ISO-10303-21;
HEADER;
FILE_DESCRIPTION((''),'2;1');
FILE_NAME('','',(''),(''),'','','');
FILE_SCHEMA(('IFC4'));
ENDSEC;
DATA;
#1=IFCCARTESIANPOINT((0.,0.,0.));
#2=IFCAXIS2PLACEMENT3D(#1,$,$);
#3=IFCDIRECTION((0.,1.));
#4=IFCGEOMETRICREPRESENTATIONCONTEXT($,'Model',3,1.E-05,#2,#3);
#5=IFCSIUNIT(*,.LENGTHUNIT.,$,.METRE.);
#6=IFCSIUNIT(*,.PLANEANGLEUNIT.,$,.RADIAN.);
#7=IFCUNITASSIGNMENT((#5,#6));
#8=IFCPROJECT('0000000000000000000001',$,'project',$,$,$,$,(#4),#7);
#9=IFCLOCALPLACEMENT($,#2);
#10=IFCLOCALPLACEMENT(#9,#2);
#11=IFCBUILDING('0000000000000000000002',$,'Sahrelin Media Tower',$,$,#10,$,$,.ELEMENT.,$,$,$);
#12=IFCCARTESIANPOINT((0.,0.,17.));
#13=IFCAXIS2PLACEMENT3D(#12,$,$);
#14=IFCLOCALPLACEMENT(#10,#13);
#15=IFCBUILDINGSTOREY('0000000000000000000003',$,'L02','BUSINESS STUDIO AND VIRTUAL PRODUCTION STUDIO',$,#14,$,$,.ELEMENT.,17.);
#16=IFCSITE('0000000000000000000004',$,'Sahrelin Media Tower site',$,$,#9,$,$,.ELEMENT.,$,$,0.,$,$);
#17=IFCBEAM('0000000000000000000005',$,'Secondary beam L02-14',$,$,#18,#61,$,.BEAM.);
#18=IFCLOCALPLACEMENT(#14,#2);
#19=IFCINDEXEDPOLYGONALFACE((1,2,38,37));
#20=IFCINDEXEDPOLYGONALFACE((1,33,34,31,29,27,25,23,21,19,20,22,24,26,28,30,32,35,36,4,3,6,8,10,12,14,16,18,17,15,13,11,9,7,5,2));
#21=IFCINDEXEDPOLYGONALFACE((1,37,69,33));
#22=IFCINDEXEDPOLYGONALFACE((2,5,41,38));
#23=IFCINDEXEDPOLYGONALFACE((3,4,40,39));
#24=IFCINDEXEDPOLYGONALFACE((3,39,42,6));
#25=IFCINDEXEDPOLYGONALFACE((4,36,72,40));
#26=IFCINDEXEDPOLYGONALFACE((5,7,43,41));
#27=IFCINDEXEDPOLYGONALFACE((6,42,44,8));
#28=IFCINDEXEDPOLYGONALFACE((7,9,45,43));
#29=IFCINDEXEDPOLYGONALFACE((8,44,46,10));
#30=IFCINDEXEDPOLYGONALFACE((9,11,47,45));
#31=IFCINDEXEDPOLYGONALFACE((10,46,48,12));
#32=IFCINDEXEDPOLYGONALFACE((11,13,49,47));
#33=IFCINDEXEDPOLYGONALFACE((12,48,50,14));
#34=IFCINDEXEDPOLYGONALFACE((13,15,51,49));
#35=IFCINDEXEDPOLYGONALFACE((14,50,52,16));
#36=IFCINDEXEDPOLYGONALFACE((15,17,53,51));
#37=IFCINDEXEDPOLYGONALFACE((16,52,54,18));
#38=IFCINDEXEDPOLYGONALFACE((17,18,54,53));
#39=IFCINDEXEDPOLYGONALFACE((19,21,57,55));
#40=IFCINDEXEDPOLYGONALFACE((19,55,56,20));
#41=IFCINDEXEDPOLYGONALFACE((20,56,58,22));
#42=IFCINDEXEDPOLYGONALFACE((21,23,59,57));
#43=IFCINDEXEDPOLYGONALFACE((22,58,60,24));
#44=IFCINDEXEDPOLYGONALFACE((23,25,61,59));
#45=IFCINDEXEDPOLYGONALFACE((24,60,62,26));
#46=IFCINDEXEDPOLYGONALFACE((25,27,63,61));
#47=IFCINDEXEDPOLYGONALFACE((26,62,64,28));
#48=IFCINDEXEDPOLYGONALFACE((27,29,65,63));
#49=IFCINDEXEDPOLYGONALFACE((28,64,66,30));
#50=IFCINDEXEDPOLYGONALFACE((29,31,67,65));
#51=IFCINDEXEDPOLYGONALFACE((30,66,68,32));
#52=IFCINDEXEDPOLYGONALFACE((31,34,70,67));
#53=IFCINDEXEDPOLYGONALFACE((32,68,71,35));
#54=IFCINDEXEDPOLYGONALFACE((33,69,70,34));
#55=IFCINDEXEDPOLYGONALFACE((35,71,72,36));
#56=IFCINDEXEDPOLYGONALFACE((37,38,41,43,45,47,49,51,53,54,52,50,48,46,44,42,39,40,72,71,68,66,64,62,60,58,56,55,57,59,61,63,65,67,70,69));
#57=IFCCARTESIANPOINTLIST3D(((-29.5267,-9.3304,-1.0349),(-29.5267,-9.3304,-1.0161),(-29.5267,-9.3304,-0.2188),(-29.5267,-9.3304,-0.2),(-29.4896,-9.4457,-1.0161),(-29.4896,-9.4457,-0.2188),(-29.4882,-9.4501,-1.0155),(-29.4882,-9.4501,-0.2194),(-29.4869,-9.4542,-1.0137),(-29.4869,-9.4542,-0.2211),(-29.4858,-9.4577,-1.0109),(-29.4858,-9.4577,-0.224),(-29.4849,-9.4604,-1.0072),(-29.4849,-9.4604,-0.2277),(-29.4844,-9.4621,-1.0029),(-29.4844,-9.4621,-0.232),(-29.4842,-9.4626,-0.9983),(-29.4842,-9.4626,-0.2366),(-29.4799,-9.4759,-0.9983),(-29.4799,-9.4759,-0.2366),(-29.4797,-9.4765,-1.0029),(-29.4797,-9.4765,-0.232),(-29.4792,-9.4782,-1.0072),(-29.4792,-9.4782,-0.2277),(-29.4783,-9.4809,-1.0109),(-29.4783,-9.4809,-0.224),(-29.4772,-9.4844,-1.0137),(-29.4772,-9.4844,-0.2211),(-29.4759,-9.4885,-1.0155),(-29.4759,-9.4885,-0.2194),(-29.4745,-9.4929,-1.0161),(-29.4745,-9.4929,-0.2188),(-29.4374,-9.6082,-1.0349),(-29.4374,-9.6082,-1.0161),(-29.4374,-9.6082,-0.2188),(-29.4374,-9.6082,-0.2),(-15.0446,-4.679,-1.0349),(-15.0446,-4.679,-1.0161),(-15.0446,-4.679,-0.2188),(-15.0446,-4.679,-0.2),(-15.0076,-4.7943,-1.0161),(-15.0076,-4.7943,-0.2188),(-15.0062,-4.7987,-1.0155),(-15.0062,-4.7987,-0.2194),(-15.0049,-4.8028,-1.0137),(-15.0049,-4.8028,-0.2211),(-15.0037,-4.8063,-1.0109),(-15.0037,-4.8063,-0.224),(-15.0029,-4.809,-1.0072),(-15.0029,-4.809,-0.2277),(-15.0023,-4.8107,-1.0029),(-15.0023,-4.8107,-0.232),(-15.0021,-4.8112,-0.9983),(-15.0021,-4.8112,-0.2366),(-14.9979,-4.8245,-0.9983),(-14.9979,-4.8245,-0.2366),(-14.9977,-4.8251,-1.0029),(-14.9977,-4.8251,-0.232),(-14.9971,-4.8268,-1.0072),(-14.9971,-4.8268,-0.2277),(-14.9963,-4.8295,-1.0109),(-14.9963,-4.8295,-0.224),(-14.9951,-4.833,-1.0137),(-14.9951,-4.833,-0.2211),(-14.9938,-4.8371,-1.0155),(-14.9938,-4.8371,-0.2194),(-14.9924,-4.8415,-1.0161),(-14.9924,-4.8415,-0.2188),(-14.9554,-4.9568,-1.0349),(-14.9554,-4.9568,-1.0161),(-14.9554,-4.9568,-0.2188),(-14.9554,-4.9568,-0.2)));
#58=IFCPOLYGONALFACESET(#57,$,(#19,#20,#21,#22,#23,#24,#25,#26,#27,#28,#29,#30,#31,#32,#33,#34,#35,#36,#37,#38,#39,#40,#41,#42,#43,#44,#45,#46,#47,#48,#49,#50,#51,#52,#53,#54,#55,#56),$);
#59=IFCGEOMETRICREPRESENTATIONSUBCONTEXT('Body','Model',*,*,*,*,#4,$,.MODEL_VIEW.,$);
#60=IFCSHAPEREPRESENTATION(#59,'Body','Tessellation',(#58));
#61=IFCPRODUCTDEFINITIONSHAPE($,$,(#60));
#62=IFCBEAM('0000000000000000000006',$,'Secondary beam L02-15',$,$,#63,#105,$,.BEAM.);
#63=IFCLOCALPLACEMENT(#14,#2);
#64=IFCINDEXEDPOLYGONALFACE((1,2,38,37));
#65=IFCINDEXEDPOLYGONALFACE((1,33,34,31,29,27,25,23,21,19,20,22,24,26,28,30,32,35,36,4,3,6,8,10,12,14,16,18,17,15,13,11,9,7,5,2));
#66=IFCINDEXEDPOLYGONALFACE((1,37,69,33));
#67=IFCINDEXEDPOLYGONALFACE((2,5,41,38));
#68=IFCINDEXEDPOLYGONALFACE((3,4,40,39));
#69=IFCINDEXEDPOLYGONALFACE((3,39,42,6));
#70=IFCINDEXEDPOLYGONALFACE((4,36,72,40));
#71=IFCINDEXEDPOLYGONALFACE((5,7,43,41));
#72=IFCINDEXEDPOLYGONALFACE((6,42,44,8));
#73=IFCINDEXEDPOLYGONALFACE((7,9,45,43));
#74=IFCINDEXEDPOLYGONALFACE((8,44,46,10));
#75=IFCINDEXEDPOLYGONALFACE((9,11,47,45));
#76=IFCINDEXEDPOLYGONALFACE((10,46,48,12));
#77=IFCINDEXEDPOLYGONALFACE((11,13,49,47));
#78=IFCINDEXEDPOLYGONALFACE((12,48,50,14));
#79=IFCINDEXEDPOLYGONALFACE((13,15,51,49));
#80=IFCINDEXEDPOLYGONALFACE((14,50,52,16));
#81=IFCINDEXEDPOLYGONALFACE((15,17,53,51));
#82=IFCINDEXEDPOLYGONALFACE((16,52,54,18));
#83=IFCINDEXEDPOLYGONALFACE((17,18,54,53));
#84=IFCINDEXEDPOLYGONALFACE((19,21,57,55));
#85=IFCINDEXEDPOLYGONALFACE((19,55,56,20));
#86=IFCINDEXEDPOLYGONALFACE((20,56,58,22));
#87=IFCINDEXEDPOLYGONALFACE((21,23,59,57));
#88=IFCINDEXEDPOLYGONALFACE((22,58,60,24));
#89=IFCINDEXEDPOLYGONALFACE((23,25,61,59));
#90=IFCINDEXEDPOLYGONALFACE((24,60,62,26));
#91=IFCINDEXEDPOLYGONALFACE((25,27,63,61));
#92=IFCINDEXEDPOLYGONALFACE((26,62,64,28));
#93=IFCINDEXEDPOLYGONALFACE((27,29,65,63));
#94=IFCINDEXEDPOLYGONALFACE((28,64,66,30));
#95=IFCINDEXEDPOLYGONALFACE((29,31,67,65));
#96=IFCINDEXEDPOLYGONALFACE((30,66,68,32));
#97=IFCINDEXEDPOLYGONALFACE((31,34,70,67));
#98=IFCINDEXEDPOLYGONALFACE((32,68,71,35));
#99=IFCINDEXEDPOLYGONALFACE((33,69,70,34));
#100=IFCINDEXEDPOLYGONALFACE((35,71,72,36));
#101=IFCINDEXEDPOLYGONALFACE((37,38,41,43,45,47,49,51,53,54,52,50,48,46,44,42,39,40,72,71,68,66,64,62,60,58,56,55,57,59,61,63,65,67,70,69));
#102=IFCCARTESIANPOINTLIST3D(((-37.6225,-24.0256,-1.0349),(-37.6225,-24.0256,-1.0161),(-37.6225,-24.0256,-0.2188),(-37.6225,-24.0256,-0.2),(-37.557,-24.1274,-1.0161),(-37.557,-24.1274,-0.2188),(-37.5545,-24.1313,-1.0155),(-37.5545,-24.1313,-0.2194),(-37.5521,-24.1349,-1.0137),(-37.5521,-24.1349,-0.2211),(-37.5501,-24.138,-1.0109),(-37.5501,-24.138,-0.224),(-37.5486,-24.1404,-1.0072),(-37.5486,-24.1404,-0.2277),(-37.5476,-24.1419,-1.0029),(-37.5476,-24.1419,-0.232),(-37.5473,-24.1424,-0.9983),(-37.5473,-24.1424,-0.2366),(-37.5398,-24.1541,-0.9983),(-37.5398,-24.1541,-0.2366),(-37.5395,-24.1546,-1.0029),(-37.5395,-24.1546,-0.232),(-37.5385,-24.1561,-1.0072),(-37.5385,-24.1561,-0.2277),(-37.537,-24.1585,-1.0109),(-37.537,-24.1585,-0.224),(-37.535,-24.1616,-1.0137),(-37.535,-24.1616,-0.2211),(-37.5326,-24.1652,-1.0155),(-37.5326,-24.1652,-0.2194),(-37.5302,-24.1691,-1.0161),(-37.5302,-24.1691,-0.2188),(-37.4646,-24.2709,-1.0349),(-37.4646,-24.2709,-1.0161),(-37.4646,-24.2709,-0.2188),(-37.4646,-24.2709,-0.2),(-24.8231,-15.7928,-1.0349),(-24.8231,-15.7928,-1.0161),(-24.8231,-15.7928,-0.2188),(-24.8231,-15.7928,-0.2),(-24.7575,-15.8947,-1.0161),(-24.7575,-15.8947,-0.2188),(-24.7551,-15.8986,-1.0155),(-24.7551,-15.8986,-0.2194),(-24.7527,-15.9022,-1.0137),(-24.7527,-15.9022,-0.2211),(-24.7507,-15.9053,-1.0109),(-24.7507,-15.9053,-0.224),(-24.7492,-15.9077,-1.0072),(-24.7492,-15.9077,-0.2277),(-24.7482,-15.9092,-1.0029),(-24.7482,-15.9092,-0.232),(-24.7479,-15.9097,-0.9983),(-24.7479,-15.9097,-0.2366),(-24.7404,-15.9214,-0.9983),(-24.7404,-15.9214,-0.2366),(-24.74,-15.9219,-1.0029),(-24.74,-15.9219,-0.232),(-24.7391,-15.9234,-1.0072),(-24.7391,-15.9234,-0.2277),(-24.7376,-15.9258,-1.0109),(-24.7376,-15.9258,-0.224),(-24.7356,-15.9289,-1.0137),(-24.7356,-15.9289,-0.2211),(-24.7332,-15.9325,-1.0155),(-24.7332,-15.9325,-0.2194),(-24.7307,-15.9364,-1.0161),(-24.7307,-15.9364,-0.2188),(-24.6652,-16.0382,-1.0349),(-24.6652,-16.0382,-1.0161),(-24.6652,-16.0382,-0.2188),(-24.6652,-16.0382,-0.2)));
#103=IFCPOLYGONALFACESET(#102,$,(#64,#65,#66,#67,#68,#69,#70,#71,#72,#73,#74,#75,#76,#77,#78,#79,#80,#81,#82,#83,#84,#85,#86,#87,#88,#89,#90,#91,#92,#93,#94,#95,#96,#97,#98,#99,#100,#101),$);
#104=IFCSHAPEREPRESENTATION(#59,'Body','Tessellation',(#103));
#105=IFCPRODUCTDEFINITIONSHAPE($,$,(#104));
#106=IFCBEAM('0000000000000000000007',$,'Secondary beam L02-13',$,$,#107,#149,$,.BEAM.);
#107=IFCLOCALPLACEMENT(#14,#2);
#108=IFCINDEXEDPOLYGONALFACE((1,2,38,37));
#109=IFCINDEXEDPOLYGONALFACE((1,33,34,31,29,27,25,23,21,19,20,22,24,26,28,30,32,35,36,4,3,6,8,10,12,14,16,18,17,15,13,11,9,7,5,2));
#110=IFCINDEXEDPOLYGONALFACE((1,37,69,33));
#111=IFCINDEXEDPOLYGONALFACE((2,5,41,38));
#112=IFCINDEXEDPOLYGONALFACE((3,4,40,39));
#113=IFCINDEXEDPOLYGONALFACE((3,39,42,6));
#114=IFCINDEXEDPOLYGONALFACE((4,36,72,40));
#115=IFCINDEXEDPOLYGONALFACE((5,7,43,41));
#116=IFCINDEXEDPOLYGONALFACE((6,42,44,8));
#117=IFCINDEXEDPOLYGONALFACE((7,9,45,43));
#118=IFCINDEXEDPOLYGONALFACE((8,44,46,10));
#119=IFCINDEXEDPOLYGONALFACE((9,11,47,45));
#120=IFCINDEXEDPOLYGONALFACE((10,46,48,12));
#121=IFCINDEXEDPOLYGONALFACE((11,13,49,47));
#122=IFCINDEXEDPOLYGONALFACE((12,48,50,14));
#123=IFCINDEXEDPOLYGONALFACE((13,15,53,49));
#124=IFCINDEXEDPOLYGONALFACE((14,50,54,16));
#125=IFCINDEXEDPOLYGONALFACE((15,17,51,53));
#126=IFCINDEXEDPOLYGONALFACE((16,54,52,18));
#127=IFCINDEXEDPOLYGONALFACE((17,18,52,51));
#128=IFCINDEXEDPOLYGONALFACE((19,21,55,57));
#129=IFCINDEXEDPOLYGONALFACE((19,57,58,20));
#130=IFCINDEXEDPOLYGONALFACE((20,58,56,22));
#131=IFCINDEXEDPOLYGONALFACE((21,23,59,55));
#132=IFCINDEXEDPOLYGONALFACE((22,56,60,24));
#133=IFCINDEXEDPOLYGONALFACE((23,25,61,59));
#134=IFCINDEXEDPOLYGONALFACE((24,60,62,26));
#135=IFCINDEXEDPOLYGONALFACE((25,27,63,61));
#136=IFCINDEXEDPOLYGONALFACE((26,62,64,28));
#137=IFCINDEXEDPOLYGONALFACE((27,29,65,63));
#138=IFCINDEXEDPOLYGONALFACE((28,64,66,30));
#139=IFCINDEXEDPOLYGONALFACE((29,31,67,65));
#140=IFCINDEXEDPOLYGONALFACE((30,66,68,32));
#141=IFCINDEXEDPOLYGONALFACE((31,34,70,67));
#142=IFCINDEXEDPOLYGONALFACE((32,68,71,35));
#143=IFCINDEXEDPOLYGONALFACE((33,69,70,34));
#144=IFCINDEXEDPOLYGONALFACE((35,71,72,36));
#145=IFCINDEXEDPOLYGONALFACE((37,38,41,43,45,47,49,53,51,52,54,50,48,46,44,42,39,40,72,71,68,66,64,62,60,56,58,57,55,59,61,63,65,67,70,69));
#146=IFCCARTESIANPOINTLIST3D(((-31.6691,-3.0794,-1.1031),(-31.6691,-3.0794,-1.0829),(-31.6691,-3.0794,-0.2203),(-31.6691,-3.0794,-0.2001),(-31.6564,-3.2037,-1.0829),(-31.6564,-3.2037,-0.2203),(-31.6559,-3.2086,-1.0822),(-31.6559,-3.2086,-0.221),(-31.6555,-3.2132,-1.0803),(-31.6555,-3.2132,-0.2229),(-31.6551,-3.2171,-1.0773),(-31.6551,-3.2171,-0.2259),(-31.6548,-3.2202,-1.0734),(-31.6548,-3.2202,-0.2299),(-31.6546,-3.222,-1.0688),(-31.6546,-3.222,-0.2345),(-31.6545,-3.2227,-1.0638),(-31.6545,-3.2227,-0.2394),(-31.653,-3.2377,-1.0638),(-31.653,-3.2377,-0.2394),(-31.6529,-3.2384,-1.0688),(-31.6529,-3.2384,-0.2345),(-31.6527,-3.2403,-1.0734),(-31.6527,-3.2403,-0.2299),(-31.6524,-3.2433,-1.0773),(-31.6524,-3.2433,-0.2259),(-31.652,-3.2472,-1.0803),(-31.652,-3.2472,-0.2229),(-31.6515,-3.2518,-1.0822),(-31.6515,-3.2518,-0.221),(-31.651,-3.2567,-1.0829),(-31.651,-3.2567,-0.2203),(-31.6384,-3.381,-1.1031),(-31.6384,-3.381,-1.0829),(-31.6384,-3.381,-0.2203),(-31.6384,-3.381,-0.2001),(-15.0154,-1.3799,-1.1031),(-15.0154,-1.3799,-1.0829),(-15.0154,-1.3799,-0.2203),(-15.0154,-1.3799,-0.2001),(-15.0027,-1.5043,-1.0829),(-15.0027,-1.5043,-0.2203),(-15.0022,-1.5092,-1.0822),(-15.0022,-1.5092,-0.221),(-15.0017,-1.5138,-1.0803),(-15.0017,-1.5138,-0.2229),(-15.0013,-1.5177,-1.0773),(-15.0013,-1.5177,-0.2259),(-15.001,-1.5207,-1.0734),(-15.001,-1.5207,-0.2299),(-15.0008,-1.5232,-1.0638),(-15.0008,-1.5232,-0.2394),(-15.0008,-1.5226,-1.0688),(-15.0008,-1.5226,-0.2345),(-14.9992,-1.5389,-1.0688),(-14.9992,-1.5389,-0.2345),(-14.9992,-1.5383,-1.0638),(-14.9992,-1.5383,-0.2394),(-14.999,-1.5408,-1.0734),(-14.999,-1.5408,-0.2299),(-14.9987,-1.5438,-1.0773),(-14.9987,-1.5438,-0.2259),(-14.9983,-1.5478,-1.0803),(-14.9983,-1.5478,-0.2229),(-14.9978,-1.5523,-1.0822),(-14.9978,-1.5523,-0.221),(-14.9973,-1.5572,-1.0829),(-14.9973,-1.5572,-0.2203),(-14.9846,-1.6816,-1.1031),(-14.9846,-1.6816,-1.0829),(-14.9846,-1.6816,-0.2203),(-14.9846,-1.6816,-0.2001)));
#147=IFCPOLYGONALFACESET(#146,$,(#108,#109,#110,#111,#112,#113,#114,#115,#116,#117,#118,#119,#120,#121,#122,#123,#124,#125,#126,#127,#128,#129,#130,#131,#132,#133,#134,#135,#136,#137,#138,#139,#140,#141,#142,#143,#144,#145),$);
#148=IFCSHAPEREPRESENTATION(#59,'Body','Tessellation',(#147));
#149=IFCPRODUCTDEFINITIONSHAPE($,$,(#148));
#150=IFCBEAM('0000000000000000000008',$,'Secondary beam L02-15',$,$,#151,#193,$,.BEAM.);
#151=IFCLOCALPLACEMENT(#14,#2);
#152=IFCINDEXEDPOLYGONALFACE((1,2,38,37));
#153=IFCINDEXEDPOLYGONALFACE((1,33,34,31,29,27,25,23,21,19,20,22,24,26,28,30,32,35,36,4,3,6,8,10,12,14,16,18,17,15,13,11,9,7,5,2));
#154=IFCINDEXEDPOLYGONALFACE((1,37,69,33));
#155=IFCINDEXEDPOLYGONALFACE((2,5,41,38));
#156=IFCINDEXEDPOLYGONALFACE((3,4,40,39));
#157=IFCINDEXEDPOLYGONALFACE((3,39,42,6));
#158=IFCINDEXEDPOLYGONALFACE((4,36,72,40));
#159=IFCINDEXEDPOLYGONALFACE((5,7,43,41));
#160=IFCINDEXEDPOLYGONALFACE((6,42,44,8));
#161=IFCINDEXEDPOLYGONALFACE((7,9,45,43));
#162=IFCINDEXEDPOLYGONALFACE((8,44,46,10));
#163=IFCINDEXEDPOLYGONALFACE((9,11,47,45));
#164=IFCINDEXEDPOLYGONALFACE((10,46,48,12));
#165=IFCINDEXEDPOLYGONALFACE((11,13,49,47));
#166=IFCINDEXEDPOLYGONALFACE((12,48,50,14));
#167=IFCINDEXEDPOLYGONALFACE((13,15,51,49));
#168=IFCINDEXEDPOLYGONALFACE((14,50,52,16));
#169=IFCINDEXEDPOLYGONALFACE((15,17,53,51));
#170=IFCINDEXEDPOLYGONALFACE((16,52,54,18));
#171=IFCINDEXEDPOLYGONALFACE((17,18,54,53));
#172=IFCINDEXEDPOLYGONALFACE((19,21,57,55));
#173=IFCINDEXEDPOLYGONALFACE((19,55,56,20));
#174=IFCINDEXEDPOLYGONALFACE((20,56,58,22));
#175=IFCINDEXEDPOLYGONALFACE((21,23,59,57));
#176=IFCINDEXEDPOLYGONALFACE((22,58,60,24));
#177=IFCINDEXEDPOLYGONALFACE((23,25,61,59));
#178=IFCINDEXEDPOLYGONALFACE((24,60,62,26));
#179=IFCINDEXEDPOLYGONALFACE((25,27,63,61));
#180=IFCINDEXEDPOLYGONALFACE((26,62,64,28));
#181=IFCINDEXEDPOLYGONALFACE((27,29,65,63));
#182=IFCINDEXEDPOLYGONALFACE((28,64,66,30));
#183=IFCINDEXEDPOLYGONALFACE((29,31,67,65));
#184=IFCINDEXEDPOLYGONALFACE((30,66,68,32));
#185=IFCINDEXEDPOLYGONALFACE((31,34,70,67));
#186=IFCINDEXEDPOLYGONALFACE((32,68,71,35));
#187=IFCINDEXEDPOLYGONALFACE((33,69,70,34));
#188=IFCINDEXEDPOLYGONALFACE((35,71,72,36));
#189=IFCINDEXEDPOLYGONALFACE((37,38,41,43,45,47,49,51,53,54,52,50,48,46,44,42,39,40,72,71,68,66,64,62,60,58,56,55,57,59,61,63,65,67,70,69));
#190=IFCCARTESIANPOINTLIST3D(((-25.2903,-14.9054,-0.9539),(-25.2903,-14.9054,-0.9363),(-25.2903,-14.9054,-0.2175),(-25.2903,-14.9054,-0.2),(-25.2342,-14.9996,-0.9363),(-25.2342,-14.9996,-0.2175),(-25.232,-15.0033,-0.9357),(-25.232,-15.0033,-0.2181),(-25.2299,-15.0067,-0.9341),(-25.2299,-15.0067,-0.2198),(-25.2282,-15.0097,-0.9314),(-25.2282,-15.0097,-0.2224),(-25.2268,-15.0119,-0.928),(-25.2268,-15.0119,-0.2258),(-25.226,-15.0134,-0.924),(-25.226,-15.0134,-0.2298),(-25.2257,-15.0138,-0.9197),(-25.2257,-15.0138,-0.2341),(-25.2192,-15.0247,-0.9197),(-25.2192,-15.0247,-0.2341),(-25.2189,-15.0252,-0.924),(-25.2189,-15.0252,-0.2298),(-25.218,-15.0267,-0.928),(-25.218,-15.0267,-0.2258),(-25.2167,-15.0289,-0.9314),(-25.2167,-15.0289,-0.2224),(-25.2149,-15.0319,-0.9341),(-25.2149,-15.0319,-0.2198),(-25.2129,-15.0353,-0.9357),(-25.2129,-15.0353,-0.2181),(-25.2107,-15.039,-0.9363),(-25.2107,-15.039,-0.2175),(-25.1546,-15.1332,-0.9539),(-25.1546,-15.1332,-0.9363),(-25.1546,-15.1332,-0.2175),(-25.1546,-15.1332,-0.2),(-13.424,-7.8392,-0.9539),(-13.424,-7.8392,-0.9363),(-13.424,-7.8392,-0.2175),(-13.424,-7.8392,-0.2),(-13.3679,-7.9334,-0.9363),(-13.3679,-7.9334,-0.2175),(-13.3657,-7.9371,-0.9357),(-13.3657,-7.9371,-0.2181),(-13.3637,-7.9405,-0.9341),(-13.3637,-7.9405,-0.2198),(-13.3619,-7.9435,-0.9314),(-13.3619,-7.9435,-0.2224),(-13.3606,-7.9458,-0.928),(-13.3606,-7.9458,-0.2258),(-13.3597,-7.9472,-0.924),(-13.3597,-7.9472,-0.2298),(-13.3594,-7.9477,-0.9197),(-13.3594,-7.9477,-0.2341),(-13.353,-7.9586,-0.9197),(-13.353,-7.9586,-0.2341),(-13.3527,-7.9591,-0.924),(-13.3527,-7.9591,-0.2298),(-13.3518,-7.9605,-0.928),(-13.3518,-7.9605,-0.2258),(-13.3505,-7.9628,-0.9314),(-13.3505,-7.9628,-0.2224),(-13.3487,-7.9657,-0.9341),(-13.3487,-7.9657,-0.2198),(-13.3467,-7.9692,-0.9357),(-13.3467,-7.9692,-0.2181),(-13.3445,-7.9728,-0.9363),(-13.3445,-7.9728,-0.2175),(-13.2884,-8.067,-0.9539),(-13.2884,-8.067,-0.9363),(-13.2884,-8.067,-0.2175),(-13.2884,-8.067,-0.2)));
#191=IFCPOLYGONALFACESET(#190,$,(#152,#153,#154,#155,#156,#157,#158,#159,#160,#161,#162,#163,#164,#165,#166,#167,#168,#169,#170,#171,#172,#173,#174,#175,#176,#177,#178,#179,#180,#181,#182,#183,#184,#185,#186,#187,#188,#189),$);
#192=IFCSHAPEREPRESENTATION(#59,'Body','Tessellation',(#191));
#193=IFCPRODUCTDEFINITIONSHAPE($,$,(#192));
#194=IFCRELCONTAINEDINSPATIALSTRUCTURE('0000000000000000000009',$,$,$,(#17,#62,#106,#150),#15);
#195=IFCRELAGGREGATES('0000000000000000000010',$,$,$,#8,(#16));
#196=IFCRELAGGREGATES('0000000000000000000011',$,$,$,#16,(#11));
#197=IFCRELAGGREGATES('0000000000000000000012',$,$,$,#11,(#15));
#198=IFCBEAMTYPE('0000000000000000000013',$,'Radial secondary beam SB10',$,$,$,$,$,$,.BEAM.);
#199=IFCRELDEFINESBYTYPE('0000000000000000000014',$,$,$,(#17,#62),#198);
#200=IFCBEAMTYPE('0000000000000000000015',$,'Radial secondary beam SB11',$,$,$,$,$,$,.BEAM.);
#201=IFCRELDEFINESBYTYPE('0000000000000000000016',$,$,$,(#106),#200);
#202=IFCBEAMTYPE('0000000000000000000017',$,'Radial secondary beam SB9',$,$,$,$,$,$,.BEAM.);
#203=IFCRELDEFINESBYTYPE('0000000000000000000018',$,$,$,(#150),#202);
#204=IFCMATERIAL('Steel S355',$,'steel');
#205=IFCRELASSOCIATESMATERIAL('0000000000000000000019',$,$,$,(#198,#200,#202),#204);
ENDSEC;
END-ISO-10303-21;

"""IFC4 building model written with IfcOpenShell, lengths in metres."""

from ifc_helpers import new_model, si_unit, direction, frame, origin, origin_2d, place, context, subcontext, project, spatial, i_section, extrude, material, material_profile, profile_set, type_object, element, save


model = new_model("IFC4")

# Units and contexts
model_context = context("Model", 3, precision=1e-05, world=origin(), true_north=direction((0.0, 1.0)))
body_context = subcontext(model_context, "Body", "Model", "MODEL_VIEW")
ifc_project = project(units=[si_unit("LENGTHUNIT", "METRE"), si_unit("PLANEANGLEUNIT", "RADIAN")], contexts=[model_context])

# Site, building, storey
site_placement = place(None, origin())
site = spatial("IfcSite", under=ifc_project, at=site_placement, Name="Sahrelin Media Tower site", CompositionType="ELEMENT", RefElevation=0.0)
building_placement = place(site_placement, origin())
building = spatial("IfcBuilding", under=site, at=building_placement, Name="Sahrelin Media Tower", CompositionType="ELEMENT")
storey_placement = place(building_placement, frame((0.0, 0.0, 17.0)))
storey = spatial("IfcBuildingStorey", under=building, at=storey_placement, Name="L02", Description="BUSINESS STUDIO AND VIRTUAL PRODUCTION STUDIO", CompositionType="ELEMENT", Elevation=17.0)

# Beams
ifc_material_1 = material(Name="Steel S355", Category="steel")
ifc_material_profile_1 = material_profile(ifc_material_1, i_section(OverallWidth=0.2917, OverallDepth=0.835, WebThickness=0.0139, FlangeThickness=0.0188, FilletRadius=0.0178, at=origin_2d()), Name="UB 838x292x176")
ifc_profile_set_1 = profile_set([ifc_material_profile_1], Name="Steel S355")
beam_type_1 = type_object("IfcBeamType", Name="Radial secondary beam SB10", PredefinedType="BEAM", material=ifc_profile_set_1)
beam_1_placement = place(storey_placement, frame((-15.0, -4.8179, -0.6174), z_axis=(-0.952096, -0.305798, 0.0), x_axis=(0.305798, -0.952096, 0.0)))
element("IfcBeam", 1, at=beam_1_placement, inside=storey, type_object=beam_type_1, Name="Secondary beam L02-14", PredefinedType="BEAM", context=body_context, shape_type="SweptSolid", body=[
    extrude(i_section(OverallWidth=0.2917, OverallDepth=0.835, WebThickness=0.0139, FlangeThickness=0.0188, FilletRadius=0.0178, at=origin_2d()), origin(), (0.0, 0.0, 1.0), 15.2107),
])
beam_2_placement = place(storey_placement, frame((-24.7441, -15.9155, -0.6174), z_axis=(-0.841043, -0.540968, 0.0), x_axis=(0.540968, -0.841043, 0.0)))
element("IfcBeam", 2, at=beam_2_placement, inside=storey, type_object=beam_type_1, Name="Secondary beam L02-15", PredefinedType="BEAM", context=body_context, shape_type="SweptSolid", body=[
    extrude(i_section(OverallWidth=0.2917, OverallDepth=0.835, WebThickness=0.0139, FlangeThickness=0.0188, FilletRadius=0.0178, at=origin_2d()), origin(), (0.0, 0.0, 1.0), 15.2185),
])
ifc_material_profile_2 = material_profile(ifc_material_1, i_section(OverallWidth=0.3032, OverallDepth=0.9031, WebThickness=0.0151, FlangeThickness=0.0203, FilletRadius=0.019, at=origin_2d()), Name="UB 914x305x201")
ifc_profile_set_2 = profile_set([ifc_material_profile_2], Name="Steel S355")
beam_type_2 = type_object("IfcBeamType", Name="Radial secondary beam SB11", PredefinedType="BEAM", material=ifc_profile_set_2)
beam_3_placement = place(storey_placement, frame((-15.0, -1.5308, -0.6516), z_axis=(-0.994834, -0.101519, 0.0), x_axis=(0.101519, -0.994834, 0.0)))
element("IfcBeam", 3, at=beam_3_placement, inside=storey, type_object=beam_type_2, Name="Secondary beam L02-13", PredefinedType="BEAM", context=body_context, shape_type="SweptSolid", body=[
    extrude(i_section(OverallWidth=0.3032, OverallDepth=0.9031, WebThickness=0.0151, FlangeThickness=0.0203, FilletRadius=0.019, at=origin_2d()), origin(), (0.0, 0.0, 1.0), 16.7402),
])
ifc_material_profile_3 = material_profile(ifc_material_1, i_section(OverallWidth=0.2651, OverallDepth=0.7539, WebThickness=0.0127, FlangeThickness=0.0176, FilletRadius=0.0166, at=origin_2d()), Name="UB 762x267x147")
ifc_profile_set_3 = profile_set([ifc_material_profile_3], Name="Steel S355")
beam_type_3 = type_object("IfcBeamType", Name="Radial secondary beam SB9", PredefinedType="BEAM", material=ifc_profile_set_3)
beam_4_placement = place(storey_placement, frame((-13.3562, -7.9531, -0.5769), z_axis=(-0.859199, -0.511641, 0.0), x_axis=(0.511641, -0.859199, 0.0)))
element("IfcBeam", 4, at=beam_4_placement, inside=storey, type_object=beam_type_3, Name="Secondary beam L02-15", PredefinedType="BEAM", context=body_context, shape_type="SweptSolid", body=[
    extrude(i_section(OverallWidth=0.2651, OverallDepth=0.7539, WebThickness=0.0127, FlangeThickness=0.0176, FilletRadius=0.0166, at=origin_2d()), origin(), (0.0, 0.0, 1.0), 13.8108),
])

save(model, "model.ifc")
